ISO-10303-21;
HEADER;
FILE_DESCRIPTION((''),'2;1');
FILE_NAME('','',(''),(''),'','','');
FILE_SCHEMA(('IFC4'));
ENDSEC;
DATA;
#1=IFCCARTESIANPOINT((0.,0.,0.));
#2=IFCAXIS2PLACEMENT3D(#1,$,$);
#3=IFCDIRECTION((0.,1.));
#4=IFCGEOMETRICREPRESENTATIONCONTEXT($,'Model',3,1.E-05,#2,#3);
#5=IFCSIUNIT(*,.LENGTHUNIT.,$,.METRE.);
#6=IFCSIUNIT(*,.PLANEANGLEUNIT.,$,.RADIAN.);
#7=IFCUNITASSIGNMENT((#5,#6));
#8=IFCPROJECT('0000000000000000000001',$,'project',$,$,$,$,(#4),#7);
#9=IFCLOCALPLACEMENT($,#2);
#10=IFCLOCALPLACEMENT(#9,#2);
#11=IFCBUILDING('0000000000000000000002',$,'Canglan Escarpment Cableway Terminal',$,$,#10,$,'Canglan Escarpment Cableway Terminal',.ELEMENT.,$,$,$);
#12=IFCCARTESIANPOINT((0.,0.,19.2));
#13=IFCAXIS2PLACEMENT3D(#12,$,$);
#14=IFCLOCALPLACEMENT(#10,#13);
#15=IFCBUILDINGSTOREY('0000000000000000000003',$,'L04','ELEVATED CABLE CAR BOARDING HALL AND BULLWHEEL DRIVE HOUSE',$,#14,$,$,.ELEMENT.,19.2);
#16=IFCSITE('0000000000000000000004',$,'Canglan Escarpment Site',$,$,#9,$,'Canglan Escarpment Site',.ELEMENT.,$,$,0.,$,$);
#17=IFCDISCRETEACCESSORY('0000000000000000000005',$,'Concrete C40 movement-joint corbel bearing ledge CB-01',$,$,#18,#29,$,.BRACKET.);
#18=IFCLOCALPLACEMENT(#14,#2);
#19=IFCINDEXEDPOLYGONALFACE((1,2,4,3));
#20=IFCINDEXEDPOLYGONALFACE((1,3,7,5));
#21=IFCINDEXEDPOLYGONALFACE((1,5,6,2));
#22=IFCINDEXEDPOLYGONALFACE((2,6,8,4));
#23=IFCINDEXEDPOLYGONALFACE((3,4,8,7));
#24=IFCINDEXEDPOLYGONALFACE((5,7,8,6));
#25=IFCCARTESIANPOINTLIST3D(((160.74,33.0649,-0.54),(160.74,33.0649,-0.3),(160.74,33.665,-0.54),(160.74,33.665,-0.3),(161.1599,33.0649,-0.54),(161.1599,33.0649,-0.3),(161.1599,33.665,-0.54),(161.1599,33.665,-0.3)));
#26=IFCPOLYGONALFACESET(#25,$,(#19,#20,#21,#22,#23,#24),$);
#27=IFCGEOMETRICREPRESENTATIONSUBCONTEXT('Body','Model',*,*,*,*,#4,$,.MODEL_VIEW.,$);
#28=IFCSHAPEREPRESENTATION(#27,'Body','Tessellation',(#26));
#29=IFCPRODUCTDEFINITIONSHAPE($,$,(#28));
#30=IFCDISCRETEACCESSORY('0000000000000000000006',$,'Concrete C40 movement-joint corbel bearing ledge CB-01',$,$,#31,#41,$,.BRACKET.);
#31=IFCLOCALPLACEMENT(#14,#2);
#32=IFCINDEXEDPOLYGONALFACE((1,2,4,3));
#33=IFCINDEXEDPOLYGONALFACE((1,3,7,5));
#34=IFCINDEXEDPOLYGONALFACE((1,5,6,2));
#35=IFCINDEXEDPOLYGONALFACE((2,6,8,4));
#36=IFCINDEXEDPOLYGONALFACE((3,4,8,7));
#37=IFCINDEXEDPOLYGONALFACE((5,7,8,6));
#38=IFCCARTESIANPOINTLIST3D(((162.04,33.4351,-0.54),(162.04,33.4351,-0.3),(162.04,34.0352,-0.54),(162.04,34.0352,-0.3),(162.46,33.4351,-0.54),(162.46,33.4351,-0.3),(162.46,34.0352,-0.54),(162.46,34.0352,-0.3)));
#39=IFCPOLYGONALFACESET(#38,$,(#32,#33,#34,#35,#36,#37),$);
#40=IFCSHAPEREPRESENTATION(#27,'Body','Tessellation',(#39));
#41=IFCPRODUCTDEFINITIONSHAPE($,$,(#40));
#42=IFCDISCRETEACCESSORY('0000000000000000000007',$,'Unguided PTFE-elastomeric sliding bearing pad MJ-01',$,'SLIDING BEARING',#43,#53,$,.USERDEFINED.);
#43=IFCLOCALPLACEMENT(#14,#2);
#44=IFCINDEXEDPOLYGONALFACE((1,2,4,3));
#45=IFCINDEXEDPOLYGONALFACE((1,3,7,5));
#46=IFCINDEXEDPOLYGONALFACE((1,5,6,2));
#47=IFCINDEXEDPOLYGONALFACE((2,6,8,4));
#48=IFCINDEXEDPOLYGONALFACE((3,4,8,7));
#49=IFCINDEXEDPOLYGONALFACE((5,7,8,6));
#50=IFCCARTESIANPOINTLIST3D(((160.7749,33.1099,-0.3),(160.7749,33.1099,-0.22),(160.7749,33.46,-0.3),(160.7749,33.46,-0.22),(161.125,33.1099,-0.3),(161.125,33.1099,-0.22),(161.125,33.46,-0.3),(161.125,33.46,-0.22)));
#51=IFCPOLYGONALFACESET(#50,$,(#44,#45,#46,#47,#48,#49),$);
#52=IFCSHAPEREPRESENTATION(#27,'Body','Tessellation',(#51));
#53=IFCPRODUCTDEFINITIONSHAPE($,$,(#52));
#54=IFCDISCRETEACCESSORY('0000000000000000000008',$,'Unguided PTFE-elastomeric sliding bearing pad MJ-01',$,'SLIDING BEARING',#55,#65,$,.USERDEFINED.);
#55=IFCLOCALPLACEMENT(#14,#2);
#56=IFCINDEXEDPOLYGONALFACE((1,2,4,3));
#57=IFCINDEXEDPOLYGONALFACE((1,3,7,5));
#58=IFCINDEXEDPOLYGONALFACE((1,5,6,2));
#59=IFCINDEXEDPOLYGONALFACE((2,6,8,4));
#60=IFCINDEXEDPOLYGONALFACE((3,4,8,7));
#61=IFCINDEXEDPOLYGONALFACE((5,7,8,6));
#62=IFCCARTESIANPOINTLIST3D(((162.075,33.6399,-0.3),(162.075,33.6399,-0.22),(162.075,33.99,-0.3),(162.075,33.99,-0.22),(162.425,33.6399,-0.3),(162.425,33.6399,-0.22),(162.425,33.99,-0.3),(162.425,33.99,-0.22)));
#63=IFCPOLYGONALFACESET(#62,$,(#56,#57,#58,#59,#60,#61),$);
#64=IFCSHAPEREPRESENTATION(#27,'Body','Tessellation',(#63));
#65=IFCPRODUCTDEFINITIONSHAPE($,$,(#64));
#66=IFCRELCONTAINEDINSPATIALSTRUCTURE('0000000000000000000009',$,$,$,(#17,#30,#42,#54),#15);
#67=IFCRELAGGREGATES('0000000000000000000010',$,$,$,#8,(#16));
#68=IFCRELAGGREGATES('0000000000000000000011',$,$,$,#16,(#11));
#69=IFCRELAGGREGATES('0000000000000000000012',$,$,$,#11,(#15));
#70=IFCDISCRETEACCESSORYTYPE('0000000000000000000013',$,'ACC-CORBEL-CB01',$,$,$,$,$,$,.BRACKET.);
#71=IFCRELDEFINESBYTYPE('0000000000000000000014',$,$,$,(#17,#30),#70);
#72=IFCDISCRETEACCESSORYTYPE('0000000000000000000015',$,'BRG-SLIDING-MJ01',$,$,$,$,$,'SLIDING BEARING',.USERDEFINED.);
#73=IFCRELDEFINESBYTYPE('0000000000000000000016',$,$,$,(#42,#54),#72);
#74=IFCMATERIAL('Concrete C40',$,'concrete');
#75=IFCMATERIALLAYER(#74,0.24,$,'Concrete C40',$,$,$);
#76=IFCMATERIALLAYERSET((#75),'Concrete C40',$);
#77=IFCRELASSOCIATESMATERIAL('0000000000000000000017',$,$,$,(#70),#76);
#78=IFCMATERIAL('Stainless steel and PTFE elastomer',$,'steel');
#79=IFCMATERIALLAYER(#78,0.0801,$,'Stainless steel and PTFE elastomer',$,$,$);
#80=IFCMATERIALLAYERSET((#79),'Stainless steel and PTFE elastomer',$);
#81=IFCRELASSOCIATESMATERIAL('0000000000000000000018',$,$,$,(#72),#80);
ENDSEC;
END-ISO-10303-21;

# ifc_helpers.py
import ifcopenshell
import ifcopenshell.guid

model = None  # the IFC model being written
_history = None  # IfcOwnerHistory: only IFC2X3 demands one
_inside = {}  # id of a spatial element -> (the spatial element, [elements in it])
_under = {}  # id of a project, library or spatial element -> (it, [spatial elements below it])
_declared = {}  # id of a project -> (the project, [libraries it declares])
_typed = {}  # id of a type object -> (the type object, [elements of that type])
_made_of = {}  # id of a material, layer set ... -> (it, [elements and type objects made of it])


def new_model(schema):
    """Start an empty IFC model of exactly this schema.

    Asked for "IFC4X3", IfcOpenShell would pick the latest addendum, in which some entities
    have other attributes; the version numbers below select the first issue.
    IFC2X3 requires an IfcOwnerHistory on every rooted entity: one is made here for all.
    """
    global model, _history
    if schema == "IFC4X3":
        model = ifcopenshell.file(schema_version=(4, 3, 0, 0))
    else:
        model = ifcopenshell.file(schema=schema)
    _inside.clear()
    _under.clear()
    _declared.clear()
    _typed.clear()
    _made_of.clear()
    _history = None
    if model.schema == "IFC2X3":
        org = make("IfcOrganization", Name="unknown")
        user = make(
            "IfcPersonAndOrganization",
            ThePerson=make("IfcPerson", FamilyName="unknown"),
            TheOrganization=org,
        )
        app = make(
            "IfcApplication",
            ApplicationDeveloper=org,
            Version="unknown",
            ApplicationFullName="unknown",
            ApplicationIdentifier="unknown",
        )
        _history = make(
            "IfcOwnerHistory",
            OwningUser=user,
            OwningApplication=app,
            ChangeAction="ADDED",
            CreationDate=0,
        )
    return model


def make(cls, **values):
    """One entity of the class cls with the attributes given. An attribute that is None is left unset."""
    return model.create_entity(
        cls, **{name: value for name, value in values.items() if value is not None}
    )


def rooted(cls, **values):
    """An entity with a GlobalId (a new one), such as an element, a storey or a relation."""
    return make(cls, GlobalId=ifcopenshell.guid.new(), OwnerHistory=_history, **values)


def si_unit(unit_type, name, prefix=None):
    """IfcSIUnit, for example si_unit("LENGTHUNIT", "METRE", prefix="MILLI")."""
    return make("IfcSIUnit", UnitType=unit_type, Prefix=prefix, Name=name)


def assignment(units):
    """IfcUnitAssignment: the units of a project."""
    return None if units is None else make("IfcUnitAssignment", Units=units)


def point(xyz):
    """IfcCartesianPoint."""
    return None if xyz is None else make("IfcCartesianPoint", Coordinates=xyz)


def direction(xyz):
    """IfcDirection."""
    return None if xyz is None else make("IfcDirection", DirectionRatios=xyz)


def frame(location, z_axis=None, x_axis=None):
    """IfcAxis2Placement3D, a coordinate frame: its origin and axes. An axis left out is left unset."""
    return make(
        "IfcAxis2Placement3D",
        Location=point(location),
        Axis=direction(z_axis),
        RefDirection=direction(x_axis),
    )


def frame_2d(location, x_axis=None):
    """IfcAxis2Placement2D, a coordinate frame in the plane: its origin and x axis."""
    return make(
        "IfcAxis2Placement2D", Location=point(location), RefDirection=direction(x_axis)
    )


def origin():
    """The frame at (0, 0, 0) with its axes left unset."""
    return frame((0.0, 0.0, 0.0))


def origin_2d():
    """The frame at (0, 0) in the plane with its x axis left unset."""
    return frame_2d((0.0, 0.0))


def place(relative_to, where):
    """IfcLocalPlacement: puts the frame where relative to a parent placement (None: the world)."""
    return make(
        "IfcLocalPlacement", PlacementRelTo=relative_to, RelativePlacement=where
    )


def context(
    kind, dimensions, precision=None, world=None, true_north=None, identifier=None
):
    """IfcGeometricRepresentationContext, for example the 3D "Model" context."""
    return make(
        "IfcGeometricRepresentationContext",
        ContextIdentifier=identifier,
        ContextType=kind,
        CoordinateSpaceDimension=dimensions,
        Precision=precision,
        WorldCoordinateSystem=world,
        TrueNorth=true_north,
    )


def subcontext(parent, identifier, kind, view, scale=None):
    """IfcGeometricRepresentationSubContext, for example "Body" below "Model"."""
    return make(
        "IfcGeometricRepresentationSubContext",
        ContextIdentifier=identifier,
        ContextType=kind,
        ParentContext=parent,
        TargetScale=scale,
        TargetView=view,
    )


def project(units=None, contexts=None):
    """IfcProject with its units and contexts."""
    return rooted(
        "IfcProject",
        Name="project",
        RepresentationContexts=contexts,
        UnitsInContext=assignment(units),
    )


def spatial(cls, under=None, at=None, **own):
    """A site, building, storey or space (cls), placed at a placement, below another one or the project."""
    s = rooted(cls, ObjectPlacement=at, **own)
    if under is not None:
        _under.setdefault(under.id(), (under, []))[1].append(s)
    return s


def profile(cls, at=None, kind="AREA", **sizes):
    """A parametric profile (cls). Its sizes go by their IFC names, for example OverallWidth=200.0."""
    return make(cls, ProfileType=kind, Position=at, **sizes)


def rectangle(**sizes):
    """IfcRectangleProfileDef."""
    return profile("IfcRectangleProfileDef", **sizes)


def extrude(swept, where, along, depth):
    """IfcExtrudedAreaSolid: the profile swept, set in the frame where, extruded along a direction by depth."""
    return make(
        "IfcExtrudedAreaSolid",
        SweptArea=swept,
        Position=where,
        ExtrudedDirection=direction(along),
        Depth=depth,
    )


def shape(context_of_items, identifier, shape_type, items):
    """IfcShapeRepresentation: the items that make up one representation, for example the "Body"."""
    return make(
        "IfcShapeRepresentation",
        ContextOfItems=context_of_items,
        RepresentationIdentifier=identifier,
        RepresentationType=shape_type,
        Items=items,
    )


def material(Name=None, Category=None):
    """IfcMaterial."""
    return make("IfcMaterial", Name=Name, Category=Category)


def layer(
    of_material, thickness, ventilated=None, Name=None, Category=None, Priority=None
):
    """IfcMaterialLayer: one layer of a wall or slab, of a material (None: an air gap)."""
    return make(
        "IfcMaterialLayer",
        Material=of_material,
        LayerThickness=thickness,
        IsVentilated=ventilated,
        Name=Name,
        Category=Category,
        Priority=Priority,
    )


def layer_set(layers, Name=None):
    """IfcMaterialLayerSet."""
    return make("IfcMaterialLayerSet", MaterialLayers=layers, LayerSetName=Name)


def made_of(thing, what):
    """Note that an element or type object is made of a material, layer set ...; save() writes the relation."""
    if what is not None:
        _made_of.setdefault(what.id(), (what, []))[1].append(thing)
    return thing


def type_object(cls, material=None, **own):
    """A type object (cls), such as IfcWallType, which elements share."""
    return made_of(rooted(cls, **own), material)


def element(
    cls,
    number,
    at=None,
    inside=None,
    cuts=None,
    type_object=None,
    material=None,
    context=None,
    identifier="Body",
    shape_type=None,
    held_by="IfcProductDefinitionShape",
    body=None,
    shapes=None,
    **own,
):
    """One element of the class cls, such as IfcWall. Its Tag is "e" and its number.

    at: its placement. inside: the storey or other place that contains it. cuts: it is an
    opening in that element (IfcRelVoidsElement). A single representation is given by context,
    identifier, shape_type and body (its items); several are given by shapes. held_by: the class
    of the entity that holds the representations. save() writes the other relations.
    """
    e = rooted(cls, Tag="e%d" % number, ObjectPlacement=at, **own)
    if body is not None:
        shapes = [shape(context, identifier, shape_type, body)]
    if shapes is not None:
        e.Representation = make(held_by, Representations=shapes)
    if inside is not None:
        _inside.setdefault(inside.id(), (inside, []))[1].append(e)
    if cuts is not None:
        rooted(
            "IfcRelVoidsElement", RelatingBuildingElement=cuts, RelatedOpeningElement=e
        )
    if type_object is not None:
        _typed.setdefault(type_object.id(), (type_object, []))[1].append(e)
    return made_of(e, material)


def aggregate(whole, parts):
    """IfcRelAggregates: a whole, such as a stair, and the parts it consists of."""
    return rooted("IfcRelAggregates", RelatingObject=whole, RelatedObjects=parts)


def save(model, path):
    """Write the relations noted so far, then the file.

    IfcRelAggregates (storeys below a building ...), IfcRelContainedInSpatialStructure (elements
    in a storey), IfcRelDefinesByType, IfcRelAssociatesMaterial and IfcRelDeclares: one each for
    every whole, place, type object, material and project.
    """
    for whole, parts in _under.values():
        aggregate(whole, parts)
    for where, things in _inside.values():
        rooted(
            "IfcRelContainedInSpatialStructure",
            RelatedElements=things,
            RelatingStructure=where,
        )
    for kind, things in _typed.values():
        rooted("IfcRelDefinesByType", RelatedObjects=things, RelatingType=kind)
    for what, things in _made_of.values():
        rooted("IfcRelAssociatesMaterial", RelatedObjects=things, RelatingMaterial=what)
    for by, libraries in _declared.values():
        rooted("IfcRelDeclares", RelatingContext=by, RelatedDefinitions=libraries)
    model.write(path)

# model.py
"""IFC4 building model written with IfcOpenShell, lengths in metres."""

from ifc_helpers import new_model, si_unit, direction, frame, origin, origin_2d, place, context, subcontext, project, spatial, rectangle, extrude, material, layer, layer_set, type_object, element, save


model = new_model("IFC4")

# Units and contexts
model_context = context("Model", 3, precision=1e-05, world=origin(), true_north=direction((0.0, 1.0)))
body_context = subcontext(model_context, "Body", "Model", "MODEL_VIEW")
ifc_project = project(units=[si_unit("LENGTHUNIT", "METRE"), si_unit("PLANEANGLEUNIT", "RADIAN")], contexts=[model_context])

# Site, building, storey
site_placement = place(None, origin())
site = spatial("IfcSite", under=ifc_project, at=site_placement, Name="Canglan Escarpment Site", LongName="Canglan Escarpment Site", CompositionType="ELEMENT", RefElevation=0.0)
building_placement = place(site_placement, origin())
building = spatial("IfcBuilding", under=site, at=building_placement, Name="Canglan Escarpment Cableway Terminal", LongName="Canglan Escarpment Cableway Terminal", CompositionType="ELEMENT")
storey_placement = place(building_placement, frame((0.0, 0.0, 19.2)))
storey = spatial("IfcBuildingStorey", under=building, at=storey_placement, Name="L04", Description="ELEVATED CABLE CAR BOARDING HALL AND BULLWHEEL DRIVE HOUSE", CompositionType="ELEMENT", Elevation=19.2)

# Shared definitions
ifc_material_1 = material(Name="Concrete C40", Category="concrete")

# Discrete accessories
ifc_layer_1 = layer(ifc_material_1, 0.24, Name="Concrete C40")
ifc_layer_set_1 = layer_set([ifc_layer_1], Name="Concrete C40")
discrete_accessory_type_1 = type_object("IfcDiscreteAccessoryType", Name="ACC-CORBEL-CB01", PredefinedType="BRACKET", material=ifc_layer_set_1)
for number, where, z_axis, x_axis, name in (
    (1, (160.95, 33.365, -0.54), (0.0, 0.0, 1.0), (1.0, 0.0, 0.0), "Concrete C40 movement-joint corbel bearing ledge CB-01"),
    (2, (162.25, 33.7351, -0.54), (0.0, 0.0, 1.0), (1.0, 0.0, 0.0), "Concrete C40 movement-joint corbel bearing ledge CB-01"),
):
    element("IfcDiscreteAccessory", number, at=place(storey_placement, frame(where, z_axis=z_axis, x_axis=x_axis)), inside=storey, type_object=discrete_accessory_type_1, Name=name, PredefinedType="BRACKET", context=body_context, shape_type="SweptSolid", body=[
        extrude(rectangle(XDim=0.4199, YDim=0.6001, at=origin_2d()), origin(), (0.0, 0.0, 1.0), 0.24),
    ])
ifc_material_2 = material(Name="Stainless steel and PTFE elastomer", Category="steel")
ifc_layer_2 = layer(ifc_material_2, 0.0801, Name="Stainless steel and PTFE elastomer")
ifc_layer_set_2 = layer_set([ifc_layer_2], Name="Stainless steel and PTFE elastomer")
discrete_accessory_type_2 = type_object("IfcDiscreteAccessoryType", Name="BRG-SLIDING-MJ01", ElementType="SLIDING BEARING", PredefinedType="USERDEFINED", material=ifc_layer_set_2)
for number, where, z_axis, x_axis, name in (
    (3, (160.95, 33.2849, -0.3), (0.0, 0.0, 1.0), (1.0, 0.0, 0.0), "Unguided PTFE-elastomeric sliding bearing pad MJ-01"),
    (4, (162.25, 33.8149, -0.3), (0.0, 0.0, 1.0), (1.0, 0.0, 0.0), "Unguided PTFE-elastomeric sliding bearing pad MJ-01"),
):
    element("IfcDiscreteAccessory", number, at=place(storey_placement, frame(where, z_axis=z_axis, x_axis=x_axis)), inside=storey, type_object=discrete_accessory_type_2, Name=name, ObjectType="SLIDING BEARING", PredefinedType="USERDEFINED", context=body_context, shape_type="SweptSolid", body=[
        extrude(rectangle(XDim=0.3501, YDim=0.3501, at=origin_2d()), origin(), (0.0, 0.0, 1.0), 0.0801),
    ])

save(model, "model.ifc")
